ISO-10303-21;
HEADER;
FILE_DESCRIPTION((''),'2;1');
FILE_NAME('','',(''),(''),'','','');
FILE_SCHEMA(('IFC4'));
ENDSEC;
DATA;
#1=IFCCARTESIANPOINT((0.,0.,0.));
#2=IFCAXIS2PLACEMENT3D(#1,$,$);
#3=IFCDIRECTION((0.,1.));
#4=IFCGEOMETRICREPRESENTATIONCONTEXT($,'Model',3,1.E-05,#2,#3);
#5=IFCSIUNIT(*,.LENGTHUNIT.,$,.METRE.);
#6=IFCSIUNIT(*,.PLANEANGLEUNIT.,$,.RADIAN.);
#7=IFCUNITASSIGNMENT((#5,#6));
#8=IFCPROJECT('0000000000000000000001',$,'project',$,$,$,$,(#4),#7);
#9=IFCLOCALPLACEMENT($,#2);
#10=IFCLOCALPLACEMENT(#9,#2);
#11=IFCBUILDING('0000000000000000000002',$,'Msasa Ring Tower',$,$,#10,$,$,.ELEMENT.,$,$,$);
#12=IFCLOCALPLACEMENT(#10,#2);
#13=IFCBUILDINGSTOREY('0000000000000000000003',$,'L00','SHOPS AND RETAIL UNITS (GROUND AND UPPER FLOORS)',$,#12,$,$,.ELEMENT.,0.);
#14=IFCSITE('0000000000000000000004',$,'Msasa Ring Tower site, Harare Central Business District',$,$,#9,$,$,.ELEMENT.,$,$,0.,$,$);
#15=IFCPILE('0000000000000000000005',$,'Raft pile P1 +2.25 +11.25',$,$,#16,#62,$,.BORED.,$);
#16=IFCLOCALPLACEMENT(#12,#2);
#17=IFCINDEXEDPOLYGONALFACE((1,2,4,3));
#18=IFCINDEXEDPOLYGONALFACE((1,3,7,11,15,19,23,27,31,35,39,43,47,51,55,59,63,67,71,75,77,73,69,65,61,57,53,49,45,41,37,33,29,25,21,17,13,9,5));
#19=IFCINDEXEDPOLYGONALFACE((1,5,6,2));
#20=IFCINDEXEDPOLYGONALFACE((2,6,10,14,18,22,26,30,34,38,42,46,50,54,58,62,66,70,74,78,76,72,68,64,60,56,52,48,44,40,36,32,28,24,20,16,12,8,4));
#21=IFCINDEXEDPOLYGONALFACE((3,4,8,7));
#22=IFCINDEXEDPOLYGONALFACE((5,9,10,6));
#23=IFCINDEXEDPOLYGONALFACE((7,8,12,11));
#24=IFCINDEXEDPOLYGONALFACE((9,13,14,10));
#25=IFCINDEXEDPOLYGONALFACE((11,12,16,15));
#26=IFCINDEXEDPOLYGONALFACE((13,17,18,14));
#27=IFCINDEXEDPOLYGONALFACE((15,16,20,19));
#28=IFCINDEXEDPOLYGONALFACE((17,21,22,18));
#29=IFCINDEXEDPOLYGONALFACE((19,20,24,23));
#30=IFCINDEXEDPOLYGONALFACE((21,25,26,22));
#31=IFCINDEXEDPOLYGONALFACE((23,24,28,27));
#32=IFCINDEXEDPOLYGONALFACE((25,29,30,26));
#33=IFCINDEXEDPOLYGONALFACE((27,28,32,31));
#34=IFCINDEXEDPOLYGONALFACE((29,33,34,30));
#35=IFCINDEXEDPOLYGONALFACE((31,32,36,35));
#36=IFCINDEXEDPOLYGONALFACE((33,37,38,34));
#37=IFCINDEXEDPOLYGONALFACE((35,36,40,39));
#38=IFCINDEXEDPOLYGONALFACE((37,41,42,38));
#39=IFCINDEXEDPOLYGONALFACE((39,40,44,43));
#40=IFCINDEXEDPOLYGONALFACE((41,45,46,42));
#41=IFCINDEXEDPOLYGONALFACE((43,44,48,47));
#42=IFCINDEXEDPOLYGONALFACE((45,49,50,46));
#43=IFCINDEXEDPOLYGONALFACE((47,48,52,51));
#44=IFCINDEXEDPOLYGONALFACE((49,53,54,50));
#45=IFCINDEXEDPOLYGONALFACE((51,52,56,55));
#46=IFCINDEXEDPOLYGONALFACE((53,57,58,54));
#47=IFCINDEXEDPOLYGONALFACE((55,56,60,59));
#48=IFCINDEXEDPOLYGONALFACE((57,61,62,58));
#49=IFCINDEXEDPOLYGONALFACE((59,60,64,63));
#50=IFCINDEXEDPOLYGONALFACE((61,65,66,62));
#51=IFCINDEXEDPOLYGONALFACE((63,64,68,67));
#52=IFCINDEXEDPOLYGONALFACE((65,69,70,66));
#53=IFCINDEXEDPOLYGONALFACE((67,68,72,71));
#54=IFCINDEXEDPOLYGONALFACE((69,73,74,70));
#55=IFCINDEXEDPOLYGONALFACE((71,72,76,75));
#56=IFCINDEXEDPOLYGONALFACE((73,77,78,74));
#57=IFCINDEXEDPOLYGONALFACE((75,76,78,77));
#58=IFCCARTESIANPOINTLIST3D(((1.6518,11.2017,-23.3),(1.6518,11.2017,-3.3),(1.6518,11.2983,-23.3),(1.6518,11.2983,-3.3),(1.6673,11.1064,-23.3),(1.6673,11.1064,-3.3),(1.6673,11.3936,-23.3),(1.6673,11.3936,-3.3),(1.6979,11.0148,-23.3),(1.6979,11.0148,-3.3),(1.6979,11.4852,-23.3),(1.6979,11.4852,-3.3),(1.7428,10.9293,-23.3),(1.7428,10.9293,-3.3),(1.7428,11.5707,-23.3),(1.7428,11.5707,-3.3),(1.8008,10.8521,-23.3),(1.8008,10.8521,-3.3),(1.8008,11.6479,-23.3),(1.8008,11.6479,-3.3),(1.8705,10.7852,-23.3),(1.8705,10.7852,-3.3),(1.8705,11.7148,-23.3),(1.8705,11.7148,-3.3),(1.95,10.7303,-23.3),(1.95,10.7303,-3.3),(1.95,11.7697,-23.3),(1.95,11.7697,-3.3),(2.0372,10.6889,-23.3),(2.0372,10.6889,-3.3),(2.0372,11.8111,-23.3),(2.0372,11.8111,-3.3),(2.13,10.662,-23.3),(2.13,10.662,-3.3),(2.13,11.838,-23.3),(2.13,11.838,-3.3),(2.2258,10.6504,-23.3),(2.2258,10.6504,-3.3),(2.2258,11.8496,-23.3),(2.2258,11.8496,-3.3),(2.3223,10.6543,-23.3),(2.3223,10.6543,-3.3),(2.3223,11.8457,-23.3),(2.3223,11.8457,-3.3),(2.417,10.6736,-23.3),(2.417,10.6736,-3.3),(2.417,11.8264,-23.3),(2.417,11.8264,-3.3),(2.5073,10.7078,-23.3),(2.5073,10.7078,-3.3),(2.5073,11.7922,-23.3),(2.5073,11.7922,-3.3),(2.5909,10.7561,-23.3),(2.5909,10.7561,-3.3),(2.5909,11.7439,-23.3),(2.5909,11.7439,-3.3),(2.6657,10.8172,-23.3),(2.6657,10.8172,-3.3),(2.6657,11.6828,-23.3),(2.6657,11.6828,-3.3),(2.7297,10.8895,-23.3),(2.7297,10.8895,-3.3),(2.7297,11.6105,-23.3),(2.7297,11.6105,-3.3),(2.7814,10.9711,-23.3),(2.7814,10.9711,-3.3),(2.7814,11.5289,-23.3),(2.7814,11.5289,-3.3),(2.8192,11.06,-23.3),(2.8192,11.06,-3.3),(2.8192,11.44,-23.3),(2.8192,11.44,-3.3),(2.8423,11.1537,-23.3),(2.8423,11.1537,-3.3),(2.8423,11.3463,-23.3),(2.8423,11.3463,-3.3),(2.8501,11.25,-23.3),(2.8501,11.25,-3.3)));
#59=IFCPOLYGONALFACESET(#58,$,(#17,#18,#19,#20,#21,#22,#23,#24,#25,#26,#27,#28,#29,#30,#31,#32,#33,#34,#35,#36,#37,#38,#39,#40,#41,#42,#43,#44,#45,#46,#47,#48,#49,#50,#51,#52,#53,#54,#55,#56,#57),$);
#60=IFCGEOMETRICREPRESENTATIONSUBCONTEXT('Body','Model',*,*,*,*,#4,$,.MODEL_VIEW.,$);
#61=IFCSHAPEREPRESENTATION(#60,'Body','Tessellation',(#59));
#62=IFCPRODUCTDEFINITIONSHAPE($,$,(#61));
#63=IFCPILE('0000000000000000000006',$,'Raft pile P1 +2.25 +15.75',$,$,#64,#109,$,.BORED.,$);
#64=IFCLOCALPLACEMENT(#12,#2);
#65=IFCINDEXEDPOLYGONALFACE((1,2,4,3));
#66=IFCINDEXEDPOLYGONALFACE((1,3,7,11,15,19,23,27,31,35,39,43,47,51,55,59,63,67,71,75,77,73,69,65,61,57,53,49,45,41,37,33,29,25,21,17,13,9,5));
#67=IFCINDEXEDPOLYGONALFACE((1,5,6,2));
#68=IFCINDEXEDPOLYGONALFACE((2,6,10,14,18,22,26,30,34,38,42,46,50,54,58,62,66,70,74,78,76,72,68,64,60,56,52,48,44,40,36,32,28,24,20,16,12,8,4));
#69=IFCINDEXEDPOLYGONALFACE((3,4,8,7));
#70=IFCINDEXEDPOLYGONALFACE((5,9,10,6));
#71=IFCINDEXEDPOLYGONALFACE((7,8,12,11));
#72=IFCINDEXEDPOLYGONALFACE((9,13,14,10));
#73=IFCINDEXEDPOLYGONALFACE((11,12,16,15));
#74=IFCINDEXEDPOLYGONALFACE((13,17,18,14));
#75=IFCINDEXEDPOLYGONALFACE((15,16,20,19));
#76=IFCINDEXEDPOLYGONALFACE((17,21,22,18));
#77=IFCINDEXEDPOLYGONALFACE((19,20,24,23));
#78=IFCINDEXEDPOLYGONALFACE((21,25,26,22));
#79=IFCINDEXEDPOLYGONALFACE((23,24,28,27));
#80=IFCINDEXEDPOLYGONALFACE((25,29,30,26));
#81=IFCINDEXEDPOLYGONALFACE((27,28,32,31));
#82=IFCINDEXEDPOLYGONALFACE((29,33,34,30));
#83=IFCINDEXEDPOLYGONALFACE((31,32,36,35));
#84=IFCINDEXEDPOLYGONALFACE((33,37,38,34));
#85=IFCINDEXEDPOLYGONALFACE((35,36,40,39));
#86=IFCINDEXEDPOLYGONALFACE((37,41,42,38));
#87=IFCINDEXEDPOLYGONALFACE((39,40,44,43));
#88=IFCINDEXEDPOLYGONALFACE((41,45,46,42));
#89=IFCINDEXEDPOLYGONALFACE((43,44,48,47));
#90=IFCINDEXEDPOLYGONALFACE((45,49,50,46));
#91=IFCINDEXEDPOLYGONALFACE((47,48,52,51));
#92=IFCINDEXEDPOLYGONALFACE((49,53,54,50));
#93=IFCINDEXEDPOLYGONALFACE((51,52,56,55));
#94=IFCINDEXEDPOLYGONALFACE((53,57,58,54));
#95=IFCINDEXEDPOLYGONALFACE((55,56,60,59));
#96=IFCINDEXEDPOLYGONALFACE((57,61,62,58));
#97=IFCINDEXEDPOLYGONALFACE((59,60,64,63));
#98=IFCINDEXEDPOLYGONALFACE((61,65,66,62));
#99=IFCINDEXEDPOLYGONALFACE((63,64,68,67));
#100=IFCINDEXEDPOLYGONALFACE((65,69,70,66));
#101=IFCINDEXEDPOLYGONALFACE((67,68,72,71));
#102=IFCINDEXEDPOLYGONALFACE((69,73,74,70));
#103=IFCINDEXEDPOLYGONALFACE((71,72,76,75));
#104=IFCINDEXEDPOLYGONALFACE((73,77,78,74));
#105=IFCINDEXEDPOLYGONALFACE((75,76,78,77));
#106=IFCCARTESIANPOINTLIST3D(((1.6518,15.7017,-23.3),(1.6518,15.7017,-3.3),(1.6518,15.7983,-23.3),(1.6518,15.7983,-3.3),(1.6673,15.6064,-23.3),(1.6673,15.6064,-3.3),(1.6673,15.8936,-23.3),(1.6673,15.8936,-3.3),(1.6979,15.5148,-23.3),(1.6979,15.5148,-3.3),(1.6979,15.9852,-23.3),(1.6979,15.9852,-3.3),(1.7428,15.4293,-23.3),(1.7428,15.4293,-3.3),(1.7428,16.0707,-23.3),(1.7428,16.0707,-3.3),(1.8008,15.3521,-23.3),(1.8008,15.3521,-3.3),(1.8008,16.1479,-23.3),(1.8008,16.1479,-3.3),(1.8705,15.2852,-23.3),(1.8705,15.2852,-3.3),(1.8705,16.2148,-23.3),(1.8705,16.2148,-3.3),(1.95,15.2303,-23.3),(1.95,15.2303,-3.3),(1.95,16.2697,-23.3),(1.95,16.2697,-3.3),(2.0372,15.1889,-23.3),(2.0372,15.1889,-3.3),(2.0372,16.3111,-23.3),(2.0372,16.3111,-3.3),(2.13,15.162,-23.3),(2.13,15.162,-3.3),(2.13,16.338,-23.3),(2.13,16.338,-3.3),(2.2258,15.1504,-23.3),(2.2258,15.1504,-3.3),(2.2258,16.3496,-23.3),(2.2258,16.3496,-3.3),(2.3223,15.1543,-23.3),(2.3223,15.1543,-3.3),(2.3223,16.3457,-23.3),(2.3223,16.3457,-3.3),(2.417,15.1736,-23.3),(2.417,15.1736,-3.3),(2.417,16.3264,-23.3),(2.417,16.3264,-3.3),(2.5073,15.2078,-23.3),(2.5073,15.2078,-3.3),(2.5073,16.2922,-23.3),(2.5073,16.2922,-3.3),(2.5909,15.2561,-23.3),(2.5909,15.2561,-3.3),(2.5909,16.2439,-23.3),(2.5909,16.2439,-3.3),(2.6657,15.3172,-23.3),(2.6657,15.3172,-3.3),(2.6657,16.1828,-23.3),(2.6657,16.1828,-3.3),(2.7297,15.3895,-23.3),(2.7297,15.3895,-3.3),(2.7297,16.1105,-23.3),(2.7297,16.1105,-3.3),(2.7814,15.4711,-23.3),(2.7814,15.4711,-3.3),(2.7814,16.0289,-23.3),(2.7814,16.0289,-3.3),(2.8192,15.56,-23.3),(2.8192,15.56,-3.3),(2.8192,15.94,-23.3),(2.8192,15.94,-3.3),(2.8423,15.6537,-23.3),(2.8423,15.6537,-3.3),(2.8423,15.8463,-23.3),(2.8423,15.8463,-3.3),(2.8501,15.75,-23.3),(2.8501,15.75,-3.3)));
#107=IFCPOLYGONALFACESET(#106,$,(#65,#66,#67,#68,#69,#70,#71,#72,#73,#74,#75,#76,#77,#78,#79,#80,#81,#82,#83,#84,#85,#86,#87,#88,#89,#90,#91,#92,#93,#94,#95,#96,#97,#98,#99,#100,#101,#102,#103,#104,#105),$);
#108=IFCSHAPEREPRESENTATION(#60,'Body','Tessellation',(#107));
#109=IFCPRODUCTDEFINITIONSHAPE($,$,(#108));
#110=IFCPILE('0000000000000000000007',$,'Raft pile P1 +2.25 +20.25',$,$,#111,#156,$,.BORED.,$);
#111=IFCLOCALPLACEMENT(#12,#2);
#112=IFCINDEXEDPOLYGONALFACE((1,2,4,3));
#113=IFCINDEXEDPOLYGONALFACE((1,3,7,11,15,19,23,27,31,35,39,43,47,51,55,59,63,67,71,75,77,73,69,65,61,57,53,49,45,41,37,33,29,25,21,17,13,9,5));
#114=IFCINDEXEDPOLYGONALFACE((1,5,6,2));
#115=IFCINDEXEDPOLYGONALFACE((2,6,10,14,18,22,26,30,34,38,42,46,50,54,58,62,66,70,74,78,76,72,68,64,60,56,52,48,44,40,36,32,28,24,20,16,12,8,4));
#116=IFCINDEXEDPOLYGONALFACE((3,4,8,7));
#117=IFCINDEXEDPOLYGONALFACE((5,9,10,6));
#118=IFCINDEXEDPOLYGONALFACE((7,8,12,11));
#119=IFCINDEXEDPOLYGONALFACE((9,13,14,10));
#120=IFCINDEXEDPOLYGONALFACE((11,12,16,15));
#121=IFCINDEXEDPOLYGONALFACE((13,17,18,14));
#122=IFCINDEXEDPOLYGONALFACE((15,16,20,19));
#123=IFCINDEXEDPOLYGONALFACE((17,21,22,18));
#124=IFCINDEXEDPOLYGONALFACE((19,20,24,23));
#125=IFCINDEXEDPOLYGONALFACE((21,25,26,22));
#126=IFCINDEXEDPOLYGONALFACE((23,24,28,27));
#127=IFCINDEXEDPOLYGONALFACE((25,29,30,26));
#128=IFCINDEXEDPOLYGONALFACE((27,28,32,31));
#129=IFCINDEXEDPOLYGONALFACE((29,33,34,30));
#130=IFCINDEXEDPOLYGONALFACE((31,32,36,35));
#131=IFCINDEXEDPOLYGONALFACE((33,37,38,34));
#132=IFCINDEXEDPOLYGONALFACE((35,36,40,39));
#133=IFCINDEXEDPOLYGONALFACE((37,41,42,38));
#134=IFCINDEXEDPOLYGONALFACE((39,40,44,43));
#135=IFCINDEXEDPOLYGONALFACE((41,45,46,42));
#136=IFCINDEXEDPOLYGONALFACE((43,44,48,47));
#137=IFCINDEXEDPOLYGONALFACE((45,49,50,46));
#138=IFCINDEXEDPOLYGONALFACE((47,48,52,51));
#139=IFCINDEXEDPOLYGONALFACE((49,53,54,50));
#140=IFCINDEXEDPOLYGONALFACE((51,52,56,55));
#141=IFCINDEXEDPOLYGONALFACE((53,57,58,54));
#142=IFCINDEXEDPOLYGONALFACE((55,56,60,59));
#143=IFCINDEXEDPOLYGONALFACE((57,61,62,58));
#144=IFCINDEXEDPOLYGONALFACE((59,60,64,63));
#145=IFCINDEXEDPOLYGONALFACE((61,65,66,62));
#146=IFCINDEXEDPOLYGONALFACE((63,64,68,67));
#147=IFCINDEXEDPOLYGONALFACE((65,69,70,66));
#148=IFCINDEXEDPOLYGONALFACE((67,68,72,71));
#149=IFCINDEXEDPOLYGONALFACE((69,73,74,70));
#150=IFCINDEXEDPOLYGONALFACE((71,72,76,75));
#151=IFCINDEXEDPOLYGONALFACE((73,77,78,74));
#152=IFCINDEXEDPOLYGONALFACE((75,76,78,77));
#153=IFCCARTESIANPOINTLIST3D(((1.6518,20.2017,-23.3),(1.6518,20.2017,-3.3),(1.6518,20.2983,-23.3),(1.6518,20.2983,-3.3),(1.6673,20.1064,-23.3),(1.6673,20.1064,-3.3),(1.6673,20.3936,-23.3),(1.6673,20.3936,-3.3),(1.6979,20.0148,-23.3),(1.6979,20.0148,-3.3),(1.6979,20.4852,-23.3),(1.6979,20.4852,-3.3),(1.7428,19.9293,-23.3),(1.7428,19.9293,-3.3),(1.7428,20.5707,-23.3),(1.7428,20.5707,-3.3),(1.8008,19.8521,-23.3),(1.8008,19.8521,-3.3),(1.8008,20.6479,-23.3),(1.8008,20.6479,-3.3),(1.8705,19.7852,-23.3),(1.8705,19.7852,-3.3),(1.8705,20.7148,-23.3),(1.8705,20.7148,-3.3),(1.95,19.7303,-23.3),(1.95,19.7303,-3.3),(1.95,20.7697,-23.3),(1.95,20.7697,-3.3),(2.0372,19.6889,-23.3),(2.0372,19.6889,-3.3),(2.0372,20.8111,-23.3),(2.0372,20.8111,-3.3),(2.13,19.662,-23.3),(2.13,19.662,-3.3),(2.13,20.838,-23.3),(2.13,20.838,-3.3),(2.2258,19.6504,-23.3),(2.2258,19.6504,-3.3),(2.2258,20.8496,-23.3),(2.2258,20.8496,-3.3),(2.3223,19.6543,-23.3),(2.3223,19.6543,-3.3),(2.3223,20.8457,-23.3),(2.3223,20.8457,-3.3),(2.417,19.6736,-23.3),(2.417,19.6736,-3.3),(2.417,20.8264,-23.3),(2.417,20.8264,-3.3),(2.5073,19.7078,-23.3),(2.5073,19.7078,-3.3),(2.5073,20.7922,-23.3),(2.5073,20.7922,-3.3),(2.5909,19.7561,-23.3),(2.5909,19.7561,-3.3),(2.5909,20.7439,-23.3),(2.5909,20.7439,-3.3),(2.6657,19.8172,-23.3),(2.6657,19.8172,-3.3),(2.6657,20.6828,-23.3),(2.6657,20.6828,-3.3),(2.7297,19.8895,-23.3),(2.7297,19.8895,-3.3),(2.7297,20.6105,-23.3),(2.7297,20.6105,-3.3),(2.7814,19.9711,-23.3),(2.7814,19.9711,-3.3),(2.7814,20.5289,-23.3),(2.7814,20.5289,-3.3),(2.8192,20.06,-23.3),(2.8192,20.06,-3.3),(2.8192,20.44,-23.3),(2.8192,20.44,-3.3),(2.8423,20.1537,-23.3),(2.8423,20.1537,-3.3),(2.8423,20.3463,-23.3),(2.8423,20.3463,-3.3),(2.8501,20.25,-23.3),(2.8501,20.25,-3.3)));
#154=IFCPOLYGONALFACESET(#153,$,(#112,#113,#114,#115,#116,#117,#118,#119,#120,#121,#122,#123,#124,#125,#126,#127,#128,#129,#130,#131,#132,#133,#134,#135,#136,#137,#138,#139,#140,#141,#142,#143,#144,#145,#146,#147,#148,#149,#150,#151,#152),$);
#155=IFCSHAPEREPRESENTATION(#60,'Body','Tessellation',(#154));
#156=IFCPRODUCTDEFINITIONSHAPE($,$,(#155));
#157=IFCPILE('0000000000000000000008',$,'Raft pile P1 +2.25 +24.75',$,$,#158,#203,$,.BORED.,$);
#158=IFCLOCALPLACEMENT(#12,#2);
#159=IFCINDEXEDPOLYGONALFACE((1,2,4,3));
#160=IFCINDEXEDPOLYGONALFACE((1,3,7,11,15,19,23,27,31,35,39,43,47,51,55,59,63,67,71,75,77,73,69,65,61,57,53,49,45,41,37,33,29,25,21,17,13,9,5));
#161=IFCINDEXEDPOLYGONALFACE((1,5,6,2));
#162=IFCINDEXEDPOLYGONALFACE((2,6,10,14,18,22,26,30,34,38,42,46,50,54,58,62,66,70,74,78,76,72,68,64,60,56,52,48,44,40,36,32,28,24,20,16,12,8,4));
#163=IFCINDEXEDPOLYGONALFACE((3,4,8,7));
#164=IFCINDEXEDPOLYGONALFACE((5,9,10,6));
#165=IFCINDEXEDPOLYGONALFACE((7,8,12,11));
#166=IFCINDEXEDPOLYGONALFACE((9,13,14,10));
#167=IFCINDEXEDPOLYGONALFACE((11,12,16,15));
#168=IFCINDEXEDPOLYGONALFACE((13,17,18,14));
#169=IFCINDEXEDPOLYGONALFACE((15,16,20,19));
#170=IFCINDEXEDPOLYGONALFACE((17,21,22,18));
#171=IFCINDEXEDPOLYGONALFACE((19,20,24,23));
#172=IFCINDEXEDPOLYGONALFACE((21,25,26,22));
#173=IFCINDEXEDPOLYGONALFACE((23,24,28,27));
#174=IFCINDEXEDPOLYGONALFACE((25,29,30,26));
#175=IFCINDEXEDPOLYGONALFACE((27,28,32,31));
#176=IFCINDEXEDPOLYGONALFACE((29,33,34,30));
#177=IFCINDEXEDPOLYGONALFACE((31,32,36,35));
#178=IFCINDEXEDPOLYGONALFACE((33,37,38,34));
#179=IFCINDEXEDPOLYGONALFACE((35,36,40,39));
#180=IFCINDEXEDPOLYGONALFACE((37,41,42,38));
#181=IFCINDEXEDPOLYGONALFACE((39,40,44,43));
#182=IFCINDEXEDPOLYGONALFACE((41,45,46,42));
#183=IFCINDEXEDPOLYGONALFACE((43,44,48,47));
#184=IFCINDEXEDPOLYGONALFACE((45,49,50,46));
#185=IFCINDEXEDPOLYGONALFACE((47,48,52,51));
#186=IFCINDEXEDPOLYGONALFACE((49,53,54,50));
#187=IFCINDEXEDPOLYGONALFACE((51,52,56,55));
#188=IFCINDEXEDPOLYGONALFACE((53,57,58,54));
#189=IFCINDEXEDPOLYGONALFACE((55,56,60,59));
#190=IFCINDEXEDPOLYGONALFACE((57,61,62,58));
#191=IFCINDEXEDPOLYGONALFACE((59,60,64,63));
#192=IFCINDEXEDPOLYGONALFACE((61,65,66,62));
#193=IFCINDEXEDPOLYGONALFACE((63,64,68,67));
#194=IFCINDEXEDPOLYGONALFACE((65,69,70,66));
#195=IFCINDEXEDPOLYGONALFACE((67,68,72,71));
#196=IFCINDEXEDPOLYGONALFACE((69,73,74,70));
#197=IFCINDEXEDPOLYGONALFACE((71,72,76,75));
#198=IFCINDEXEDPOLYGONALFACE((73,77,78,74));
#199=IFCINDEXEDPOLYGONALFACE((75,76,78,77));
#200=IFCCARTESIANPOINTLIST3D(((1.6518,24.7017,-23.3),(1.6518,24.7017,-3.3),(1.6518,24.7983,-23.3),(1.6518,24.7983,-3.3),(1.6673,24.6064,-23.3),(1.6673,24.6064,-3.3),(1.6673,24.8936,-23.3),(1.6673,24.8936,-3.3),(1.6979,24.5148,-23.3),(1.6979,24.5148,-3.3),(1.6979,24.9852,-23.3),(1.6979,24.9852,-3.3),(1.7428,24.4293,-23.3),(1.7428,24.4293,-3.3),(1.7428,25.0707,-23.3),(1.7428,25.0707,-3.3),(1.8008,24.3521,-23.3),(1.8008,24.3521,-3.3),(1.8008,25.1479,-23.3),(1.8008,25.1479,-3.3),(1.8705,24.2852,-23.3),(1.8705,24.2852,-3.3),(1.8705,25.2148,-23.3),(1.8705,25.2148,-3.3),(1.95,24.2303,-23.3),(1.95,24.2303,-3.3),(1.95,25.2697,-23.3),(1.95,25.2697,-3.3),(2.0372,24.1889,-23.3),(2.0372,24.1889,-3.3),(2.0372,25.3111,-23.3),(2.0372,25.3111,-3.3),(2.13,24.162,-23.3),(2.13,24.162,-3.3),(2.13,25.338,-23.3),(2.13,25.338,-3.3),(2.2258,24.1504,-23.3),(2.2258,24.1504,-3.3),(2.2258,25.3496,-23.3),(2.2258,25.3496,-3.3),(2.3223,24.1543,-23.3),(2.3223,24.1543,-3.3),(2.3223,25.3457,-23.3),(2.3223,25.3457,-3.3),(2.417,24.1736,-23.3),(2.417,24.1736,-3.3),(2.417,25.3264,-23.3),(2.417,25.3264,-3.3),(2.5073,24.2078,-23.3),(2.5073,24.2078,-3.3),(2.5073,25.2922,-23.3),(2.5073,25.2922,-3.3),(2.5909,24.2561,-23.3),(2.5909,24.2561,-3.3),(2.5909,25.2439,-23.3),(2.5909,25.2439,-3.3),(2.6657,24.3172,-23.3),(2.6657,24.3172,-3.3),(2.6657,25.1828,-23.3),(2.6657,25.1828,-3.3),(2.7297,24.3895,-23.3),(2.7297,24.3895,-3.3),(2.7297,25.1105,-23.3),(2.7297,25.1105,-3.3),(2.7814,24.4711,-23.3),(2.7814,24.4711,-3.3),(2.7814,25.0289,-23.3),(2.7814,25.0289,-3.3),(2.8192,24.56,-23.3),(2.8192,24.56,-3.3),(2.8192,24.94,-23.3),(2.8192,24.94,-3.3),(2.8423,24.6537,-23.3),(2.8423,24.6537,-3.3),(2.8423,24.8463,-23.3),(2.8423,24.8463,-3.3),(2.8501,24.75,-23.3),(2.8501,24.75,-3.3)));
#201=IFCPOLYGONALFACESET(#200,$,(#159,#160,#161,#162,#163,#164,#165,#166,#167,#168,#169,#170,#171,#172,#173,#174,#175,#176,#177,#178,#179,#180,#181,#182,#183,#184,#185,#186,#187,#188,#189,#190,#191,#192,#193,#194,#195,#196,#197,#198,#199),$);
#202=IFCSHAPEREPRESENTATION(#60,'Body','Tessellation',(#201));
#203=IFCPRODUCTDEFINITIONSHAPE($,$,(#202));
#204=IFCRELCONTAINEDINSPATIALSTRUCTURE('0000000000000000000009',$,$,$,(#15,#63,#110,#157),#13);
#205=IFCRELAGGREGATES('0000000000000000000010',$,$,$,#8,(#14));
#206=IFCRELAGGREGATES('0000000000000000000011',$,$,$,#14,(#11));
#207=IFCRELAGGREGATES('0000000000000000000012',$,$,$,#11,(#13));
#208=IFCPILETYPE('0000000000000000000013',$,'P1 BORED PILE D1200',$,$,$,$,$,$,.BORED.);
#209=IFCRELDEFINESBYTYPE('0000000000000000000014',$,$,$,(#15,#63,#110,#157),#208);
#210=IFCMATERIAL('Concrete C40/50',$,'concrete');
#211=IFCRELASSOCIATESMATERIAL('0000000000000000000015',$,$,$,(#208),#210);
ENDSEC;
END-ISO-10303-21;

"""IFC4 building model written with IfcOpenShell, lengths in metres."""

from ifc_helpers import new_model, si_unit, direction, frame, origin, origin_2d, place, context, subcontext, project, spatial, circle, extrude, material, material_profile, profile_set, type_object, element, save


model = new_model("IFC4")

# Units and contexts
model_context = context("Model", 3, precision=1e-05, world=origin(), true_north=direction((0.0, 1.0)))
body_context = subcontext(model_context, "Body", "Model", "MODEL_VIEW")
ifc_project = project(units=[si_unit("LENGTHUNIT", "METRE"), si_unit("PLANEANGLEUNIT", "RADIAN")], contexts=[model_context])

# Site, building, storey
site_placement = place(None, origin())
site = spatial("IfcSite", under=ifc_project, at=site_placement, Name="Msasa Ring Tower site, Harare Central Business District", CompositionType="ELEMENT", RefElevation=0.0)
building_placement = place(site_placement, origin())
building = spatial("IfcBuilding", under=site, at=building_placement, Name="Msasa Ring Tower", CompositionType="ELEMENT")
storey_placement = place(building_placement, origin())
storey = spatial("IfcBuildingStorey", under=building, at=storey_placement, Name="L00", Description="SHOPS AND RETAIL UNITS (GROUND AND UPPER FLOORS)", CompositionType="ELEMENT", Elevation=0.0)

# Piles
ifc_material_1 = material(Name="Concrete C40/50", Category="concrete")
ifc_material_profile_1 = material_profile(ifc_material_1, circle(Radius=0.6001, at=origin_2d()), Name="D1200")
ifc_profile_set_1 = profile_set([ifc_material_profile_1], Name="Concrete C40/50")
pile_type = type_object("IfcPileType", Name="P1 BORED PILE D1200", PredefinedType="BORED", material=ifc_profile_set_1)
for number, where, z_axis, x_axis, name in (
    (1, (2.25, 11.25, -3.3), (0.0, 0.0, -1.0), (1.0, 0.0, 0.0), "Raft pile P1 +2.25 +11.25"),
    (2, (2.25, 15.75, -3.3), (0.0, 0.0, -1.0), (1.0, 0.0, 0.0), "Raft pile P1 +2.25 +15.75"),
    (3, (2.25, 20.25, -3.3), (0.0, 0.0, -1.0), (1.0, 0.0, 0.0), "Raft pile P1 +2.25 +20.25"),
    (4, (2.25, 24.75, -3.3), (0.0, 0.0, -1.0), (1.0, 0.0, 0.0), "Raft pile P1 +2.25 +24.75"),
):
    element("IfcPile", number, at=place(storey_placement, frame(where, z_axis=z_axis, x_axis=x_axis)), inside=storey, type_object=pile_type, Name=name, PredefinedType="BORED", context=body_context, shape_type="SweptSolid", body=[
        extrude(circle(Radius=0.6001, at=origin_2d()), origin(), (0.0, 0.0, 1.0), 20.0),
    ])

save(model, "model.ifc")
